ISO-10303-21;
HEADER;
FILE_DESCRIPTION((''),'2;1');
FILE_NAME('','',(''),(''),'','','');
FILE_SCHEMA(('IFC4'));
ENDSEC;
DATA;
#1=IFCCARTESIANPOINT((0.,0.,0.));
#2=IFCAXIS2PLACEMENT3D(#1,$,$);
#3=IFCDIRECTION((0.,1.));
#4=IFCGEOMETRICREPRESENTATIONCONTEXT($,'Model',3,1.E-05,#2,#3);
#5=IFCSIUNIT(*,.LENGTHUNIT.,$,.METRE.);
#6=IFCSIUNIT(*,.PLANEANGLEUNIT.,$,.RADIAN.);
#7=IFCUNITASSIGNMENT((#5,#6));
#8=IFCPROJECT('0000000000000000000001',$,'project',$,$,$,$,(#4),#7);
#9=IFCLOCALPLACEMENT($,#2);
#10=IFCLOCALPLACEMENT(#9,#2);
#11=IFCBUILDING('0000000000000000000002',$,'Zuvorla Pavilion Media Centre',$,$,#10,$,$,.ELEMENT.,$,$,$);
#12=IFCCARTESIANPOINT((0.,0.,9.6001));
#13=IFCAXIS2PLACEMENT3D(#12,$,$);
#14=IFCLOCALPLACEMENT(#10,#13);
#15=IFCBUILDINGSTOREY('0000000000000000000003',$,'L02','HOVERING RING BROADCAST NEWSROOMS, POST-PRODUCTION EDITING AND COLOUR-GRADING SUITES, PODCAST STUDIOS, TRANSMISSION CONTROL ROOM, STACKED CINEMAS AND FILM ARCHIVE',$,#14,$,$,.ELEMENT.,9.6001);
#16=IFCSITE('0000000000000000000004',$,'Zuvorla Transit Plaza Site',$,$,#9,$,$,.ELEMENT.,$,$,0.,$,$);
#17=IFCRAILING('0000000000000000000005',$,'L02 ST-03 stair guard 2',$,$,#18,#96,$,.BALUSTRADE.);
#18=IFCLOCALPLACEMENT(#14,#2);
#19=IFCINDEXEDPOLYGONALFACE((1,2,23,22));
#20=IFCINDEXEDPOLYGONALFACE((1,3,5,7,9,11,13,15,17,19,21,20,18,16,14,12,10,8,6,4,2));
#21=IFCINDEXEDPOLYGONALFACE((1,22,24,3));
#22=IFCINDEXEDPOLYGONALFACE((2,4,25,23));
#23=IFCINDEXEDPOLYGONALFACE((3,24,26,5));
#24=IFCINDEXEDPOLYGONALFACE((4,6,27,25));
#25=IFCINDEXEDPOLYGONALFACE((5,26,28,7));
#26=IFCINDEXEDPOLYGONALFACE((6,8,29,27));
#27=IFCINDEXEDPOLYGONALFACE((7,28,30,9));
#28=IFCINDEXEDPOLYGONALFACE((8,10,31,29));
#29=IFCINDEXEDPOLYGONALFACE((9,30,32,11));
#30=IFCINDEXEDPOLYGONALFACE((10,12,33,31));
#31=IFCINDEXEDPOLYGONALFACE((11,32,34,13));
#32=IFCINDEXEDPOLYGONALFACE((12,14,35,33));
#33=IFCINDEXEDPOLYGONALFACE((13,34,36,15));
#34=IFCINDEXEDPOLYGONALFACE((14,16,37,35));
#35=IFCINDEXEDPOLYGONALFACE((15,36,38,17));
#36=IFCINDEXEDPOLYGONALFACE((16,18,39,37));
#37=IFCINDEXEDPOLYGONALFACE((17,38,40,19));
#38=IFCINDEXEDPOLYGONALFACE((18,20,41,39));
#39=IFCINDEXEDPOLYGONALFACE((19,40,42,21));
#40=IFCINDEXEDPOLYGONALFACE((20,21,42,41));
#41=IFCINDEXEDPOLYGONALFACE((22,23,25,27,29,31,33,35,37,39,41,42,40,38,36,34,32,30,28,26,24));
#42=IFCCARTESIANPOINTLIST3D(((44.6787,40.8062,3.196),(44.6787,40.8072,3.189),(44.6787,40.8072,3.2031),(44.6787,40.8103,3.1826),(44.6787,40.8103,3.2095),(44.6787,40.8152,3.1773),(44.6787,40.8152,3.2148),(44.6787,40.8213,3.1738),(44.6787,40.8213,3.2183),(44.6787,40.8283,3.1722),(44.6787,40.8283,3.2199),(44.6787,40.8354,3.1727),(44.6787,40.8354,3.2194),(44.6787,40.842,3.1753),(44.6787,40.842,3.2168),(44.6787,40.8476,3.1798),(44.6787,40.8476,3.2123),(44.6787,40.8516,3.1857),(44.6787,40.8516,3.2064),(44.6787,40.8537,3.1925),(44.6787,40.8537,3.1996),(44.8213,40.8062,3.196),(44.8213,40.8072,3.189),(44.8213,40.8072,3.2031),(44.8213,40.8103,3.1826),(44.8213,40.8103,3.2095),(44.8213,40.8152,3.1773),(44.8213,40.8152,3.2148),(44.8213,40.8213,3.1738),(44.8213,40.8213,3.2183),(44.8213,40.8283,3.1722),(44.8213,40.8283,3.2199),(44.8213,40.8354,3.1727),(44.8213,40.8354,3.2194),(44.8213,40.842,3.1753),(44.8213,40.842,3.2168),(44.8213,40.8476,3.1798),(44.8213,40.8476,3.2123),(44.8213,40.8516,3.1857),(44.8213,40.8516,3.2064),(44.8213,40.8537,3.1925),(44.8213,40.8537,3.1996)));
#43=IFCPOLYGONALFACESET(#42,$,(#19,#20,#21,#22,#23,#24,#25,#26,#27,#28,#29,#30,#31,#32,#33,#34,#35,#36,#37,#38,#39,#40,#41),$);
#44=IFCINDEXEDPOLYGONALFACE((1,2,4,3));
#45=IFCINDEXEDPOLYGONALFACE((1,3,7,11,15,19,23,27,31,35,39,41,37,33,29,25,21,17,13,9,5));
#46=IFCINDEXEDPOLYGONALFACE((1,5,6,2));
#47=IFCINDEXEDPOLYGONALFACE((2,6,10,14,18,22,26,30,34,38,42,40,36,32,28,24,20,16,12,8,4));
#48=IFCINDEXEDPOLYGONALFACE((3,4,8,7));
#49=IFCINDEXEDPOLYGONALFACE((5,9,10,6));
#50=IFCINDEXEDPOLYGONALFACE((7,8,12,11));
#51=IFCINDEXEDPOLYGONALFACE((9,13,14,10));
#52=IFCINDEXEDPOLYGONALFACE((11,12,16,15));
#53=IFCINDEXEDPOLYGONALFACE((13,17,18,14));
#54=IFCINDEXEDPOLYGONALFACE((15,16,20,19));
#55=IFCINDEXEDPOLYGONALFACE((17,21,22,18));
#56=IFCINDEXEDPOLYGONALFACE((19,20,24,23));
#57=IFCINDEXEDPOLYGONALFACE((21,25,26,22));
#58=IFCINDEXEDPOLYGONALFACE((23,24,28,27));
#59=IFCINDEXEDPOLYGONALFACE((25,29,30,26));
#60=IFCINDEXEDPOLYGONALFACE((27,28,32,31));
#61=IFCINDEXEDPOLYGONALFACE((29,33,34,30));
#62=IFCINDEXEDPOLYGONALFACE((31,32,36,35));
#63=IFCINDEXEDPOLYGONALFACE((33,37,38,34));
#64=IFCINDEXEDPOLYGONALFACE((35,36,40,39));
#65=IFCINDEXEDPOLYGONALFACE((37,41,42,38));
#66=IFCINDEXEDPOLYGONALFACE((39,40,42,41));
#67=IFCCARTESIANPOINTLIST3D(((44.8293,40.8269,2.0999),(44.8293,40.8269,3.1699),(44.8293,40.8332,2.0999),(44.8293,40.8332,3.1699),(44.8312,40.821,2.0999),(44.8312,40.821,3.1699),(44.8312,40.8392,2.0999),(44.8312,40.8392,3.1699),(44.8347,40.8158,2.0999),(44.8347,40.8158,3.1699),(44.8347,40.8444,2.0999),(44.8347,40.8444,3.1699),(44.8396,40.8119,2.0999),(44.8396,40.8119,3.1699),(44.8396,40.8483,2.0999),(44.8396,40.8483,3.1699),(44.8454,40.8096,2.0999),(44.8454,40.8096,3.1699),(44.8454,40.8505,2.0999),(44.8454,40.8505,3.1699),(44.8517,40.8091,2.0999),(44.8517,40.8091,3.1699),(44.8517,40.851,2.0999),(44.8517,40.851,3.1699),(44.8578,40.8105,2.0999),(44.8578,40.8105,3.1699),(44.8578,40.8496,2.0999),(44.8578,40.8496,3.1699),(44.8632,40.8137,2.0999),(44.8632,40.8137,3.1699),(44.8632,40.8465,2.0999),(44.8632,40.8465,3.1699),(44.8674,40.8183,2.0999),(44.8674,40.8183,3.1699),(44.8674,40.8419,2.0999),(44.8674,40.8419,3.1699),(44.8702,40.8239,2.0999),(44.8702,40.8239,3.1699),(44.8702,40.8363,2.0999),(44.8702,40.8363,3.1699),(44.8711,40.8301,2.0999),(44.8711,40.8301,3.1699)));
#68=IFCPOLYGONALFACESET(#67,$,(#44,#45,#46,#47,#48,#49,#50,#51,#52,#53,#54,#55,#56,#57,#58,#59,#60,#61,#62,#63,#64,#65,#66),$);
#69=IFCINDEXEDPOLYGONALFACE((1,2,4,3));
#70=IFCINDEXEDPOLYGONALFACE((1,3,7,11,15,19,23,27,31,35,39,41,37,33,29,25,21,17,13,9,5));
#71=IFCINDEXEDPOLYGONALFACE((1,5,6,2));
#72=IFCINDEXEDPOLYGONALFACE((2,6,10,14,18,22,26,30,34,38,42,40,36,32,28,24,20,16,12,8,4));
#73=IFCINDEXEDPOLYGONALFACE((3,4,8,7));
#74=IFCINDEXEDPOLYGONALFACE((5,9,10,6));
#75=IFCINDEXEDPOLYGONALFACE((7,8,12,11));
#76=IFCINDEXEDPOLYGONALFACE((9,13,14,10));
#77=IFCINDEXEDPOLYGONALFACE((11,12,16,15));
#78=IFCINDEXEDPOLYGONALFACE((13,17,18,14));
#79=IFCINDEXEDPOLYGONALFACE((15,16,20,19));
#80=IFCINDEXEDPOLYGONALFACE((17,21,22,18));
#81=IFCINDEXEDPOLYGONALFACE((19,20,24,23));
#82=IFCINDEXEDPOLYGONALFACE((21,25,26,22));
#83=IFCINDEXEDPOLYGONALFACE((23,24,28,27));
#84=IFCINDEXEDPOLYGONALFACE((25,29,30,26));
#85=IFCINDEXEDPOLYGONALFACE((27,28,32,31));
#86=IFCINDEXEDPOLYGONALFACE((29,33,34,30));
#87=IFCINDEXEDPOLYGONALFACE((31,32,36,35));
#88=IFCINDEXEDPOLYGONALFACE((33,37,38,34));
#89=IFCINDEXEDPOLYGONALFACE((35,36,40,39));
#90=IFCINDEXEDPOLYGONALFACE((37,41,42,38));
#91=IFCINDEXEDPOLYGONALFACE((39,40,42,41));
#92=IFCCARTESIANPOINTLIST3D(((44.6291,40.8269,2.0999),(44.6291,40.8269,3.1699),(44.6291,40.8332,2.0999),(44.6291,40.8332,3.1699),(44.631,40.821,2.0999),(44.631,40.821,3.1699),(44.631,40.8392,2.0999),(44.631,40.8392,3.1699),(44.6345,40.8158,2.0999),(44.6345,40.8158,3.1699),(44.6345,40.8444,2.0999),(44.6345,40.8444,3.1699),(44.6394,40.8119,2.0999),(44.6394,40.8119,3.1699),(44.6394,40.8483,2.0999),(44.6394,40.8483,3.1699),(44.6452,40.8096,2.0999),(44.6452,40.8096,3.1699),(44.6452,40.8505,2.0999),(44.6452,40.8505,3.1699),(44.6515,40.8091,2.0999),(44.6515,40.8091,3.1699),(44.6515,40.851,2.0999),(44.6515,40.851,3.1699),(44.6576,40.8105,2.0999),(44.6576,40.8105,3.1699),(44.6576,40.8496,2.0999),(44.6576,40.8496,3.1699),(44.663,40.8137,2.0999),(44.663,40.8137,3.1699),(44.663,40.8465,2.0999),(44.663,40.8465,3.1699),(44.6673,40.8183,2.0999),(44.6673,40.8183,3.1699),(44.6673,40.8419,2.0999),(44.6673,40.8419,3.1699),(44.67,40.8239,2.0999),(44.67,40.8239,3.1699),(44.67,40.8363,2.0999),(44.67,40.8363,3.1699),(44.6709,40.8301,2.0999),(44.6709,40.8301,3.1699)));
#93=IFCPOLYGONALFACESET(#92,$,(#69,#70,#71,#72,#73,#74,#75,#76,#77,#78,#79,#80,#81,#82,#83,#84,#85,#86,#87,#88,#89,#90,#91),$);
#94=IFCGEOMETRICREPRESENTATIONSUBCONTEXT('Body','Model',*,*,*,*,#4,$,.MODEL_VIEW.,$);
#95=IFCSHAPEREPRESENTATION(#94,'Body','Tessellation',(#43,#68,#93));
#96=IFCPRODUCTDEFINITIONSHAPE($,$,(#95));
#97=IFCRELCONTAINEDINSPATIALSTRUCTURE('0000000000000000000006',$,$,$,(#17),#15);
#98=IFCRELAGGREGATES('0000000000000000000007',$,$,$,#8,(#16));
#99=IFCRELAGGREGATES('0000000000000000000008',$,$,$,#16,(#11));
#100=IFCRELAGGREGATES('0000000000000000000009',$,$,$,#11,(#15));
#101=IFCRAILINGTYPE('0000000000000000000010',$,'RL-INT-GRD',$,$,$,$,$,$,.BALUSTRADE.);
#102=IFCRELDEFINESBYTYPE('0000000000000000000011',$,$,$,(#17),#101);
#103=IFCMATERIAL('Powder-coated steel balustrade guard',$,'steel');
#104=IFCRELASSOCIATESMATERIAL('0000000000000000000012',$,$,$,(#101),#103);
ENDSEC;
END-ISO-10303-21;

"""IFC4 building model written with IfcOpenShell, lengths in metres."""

from ifc_helpers import new_model, si_unit, direction, frame, origin, origin_2d, place, context, subcontext, project, spatial, circle, extrude, material, type_object, element, save


model = new_model("IFC4")

# Units and contexts
model_context = context("Model", 3, precision=1e-05, world=origin(), true_north=direction((0.0, 1.0)))
body_context = subcontext(model_context, "Body", "Model", "MODEL_VIEW")
ifc_project = project(units=[si_unit("LENGTHUNIT", "METRE"), si_unit("PLANEANGLEUNIT", "RADIAN")], contexts=[model_context])

# Site, building, storey
site_placement = place(None, origin())
site = spatial("IfcSite", under=ifc_project, at=site_placement, Name="Zuvorla Transit Plaza Site", CompositionType="ELEMENT", RefElevation=0.0)
building_placement = place(site_placement, origin())
building = spatial("IfcBuilding", under=site, at=building_placement, Name="Zuvorla Pavilion Media Centre", CompositionType="ELEMENT")
storey_placement = place(building_placement, frame((0.0, 0.0, 9.6001)))
storey = spatial("IfcBuildingStorey", under=building, at=storey_placement, Name="L02", Description="HOVERING RING BROADCAST NEWSROOMS, POST-PRODUCTION EDITING AND COLOUR-GRADING SUITES, PODCAST STUDIOS, TRANSMISSION CONTROL ROOM, STACKED CINEMAS AND FILM ARCHIVE", CompositionType="ELEMENT", Elevation=9.6001)

# Railing
ifc_material_1 = material(Name="Powder-coated steel balustrade guard", Category="steel")
railing_type_1 = type_object("IfcRailingType", Name="RL-INT-GRD", PredefinedType="BALUSTRADE", material=ifc_material_1)
railing_1_placement = place(storey_placement, frame((44.8501, 40.8301, 2.0999)))
element("IfcRailing", 1, at=railing_1_placement, inside=storey, type_object=railing_type_1, Name="L02 ST-03 stair guard 2", PredefinedType="BALUSTRADE", context=body_context, shape_type="SweptSolid", body=[
    extrude(circle(Radius=0.0239, at=origin_2d()), frame((-0.0288, 0.0, 1.0962), z_axis=(-1.0, 0.0, 0.0), x_axis=(0.0, -1.0, 0.0)), (0.0, 0.0, 1.0), 0.1426),
    extrude(circle(Radius=0.021, at=origin_2d()), origin(), (0.0, 0.0, 1.0), 1.0701),
    extrude(circle(Radius=0.021, at=origin_2d()), frame((-0.2002, 0.0, 0.0)), (0.0, 0.0, 1.0), 1.0701),
])

save(model, "model.ifc")
